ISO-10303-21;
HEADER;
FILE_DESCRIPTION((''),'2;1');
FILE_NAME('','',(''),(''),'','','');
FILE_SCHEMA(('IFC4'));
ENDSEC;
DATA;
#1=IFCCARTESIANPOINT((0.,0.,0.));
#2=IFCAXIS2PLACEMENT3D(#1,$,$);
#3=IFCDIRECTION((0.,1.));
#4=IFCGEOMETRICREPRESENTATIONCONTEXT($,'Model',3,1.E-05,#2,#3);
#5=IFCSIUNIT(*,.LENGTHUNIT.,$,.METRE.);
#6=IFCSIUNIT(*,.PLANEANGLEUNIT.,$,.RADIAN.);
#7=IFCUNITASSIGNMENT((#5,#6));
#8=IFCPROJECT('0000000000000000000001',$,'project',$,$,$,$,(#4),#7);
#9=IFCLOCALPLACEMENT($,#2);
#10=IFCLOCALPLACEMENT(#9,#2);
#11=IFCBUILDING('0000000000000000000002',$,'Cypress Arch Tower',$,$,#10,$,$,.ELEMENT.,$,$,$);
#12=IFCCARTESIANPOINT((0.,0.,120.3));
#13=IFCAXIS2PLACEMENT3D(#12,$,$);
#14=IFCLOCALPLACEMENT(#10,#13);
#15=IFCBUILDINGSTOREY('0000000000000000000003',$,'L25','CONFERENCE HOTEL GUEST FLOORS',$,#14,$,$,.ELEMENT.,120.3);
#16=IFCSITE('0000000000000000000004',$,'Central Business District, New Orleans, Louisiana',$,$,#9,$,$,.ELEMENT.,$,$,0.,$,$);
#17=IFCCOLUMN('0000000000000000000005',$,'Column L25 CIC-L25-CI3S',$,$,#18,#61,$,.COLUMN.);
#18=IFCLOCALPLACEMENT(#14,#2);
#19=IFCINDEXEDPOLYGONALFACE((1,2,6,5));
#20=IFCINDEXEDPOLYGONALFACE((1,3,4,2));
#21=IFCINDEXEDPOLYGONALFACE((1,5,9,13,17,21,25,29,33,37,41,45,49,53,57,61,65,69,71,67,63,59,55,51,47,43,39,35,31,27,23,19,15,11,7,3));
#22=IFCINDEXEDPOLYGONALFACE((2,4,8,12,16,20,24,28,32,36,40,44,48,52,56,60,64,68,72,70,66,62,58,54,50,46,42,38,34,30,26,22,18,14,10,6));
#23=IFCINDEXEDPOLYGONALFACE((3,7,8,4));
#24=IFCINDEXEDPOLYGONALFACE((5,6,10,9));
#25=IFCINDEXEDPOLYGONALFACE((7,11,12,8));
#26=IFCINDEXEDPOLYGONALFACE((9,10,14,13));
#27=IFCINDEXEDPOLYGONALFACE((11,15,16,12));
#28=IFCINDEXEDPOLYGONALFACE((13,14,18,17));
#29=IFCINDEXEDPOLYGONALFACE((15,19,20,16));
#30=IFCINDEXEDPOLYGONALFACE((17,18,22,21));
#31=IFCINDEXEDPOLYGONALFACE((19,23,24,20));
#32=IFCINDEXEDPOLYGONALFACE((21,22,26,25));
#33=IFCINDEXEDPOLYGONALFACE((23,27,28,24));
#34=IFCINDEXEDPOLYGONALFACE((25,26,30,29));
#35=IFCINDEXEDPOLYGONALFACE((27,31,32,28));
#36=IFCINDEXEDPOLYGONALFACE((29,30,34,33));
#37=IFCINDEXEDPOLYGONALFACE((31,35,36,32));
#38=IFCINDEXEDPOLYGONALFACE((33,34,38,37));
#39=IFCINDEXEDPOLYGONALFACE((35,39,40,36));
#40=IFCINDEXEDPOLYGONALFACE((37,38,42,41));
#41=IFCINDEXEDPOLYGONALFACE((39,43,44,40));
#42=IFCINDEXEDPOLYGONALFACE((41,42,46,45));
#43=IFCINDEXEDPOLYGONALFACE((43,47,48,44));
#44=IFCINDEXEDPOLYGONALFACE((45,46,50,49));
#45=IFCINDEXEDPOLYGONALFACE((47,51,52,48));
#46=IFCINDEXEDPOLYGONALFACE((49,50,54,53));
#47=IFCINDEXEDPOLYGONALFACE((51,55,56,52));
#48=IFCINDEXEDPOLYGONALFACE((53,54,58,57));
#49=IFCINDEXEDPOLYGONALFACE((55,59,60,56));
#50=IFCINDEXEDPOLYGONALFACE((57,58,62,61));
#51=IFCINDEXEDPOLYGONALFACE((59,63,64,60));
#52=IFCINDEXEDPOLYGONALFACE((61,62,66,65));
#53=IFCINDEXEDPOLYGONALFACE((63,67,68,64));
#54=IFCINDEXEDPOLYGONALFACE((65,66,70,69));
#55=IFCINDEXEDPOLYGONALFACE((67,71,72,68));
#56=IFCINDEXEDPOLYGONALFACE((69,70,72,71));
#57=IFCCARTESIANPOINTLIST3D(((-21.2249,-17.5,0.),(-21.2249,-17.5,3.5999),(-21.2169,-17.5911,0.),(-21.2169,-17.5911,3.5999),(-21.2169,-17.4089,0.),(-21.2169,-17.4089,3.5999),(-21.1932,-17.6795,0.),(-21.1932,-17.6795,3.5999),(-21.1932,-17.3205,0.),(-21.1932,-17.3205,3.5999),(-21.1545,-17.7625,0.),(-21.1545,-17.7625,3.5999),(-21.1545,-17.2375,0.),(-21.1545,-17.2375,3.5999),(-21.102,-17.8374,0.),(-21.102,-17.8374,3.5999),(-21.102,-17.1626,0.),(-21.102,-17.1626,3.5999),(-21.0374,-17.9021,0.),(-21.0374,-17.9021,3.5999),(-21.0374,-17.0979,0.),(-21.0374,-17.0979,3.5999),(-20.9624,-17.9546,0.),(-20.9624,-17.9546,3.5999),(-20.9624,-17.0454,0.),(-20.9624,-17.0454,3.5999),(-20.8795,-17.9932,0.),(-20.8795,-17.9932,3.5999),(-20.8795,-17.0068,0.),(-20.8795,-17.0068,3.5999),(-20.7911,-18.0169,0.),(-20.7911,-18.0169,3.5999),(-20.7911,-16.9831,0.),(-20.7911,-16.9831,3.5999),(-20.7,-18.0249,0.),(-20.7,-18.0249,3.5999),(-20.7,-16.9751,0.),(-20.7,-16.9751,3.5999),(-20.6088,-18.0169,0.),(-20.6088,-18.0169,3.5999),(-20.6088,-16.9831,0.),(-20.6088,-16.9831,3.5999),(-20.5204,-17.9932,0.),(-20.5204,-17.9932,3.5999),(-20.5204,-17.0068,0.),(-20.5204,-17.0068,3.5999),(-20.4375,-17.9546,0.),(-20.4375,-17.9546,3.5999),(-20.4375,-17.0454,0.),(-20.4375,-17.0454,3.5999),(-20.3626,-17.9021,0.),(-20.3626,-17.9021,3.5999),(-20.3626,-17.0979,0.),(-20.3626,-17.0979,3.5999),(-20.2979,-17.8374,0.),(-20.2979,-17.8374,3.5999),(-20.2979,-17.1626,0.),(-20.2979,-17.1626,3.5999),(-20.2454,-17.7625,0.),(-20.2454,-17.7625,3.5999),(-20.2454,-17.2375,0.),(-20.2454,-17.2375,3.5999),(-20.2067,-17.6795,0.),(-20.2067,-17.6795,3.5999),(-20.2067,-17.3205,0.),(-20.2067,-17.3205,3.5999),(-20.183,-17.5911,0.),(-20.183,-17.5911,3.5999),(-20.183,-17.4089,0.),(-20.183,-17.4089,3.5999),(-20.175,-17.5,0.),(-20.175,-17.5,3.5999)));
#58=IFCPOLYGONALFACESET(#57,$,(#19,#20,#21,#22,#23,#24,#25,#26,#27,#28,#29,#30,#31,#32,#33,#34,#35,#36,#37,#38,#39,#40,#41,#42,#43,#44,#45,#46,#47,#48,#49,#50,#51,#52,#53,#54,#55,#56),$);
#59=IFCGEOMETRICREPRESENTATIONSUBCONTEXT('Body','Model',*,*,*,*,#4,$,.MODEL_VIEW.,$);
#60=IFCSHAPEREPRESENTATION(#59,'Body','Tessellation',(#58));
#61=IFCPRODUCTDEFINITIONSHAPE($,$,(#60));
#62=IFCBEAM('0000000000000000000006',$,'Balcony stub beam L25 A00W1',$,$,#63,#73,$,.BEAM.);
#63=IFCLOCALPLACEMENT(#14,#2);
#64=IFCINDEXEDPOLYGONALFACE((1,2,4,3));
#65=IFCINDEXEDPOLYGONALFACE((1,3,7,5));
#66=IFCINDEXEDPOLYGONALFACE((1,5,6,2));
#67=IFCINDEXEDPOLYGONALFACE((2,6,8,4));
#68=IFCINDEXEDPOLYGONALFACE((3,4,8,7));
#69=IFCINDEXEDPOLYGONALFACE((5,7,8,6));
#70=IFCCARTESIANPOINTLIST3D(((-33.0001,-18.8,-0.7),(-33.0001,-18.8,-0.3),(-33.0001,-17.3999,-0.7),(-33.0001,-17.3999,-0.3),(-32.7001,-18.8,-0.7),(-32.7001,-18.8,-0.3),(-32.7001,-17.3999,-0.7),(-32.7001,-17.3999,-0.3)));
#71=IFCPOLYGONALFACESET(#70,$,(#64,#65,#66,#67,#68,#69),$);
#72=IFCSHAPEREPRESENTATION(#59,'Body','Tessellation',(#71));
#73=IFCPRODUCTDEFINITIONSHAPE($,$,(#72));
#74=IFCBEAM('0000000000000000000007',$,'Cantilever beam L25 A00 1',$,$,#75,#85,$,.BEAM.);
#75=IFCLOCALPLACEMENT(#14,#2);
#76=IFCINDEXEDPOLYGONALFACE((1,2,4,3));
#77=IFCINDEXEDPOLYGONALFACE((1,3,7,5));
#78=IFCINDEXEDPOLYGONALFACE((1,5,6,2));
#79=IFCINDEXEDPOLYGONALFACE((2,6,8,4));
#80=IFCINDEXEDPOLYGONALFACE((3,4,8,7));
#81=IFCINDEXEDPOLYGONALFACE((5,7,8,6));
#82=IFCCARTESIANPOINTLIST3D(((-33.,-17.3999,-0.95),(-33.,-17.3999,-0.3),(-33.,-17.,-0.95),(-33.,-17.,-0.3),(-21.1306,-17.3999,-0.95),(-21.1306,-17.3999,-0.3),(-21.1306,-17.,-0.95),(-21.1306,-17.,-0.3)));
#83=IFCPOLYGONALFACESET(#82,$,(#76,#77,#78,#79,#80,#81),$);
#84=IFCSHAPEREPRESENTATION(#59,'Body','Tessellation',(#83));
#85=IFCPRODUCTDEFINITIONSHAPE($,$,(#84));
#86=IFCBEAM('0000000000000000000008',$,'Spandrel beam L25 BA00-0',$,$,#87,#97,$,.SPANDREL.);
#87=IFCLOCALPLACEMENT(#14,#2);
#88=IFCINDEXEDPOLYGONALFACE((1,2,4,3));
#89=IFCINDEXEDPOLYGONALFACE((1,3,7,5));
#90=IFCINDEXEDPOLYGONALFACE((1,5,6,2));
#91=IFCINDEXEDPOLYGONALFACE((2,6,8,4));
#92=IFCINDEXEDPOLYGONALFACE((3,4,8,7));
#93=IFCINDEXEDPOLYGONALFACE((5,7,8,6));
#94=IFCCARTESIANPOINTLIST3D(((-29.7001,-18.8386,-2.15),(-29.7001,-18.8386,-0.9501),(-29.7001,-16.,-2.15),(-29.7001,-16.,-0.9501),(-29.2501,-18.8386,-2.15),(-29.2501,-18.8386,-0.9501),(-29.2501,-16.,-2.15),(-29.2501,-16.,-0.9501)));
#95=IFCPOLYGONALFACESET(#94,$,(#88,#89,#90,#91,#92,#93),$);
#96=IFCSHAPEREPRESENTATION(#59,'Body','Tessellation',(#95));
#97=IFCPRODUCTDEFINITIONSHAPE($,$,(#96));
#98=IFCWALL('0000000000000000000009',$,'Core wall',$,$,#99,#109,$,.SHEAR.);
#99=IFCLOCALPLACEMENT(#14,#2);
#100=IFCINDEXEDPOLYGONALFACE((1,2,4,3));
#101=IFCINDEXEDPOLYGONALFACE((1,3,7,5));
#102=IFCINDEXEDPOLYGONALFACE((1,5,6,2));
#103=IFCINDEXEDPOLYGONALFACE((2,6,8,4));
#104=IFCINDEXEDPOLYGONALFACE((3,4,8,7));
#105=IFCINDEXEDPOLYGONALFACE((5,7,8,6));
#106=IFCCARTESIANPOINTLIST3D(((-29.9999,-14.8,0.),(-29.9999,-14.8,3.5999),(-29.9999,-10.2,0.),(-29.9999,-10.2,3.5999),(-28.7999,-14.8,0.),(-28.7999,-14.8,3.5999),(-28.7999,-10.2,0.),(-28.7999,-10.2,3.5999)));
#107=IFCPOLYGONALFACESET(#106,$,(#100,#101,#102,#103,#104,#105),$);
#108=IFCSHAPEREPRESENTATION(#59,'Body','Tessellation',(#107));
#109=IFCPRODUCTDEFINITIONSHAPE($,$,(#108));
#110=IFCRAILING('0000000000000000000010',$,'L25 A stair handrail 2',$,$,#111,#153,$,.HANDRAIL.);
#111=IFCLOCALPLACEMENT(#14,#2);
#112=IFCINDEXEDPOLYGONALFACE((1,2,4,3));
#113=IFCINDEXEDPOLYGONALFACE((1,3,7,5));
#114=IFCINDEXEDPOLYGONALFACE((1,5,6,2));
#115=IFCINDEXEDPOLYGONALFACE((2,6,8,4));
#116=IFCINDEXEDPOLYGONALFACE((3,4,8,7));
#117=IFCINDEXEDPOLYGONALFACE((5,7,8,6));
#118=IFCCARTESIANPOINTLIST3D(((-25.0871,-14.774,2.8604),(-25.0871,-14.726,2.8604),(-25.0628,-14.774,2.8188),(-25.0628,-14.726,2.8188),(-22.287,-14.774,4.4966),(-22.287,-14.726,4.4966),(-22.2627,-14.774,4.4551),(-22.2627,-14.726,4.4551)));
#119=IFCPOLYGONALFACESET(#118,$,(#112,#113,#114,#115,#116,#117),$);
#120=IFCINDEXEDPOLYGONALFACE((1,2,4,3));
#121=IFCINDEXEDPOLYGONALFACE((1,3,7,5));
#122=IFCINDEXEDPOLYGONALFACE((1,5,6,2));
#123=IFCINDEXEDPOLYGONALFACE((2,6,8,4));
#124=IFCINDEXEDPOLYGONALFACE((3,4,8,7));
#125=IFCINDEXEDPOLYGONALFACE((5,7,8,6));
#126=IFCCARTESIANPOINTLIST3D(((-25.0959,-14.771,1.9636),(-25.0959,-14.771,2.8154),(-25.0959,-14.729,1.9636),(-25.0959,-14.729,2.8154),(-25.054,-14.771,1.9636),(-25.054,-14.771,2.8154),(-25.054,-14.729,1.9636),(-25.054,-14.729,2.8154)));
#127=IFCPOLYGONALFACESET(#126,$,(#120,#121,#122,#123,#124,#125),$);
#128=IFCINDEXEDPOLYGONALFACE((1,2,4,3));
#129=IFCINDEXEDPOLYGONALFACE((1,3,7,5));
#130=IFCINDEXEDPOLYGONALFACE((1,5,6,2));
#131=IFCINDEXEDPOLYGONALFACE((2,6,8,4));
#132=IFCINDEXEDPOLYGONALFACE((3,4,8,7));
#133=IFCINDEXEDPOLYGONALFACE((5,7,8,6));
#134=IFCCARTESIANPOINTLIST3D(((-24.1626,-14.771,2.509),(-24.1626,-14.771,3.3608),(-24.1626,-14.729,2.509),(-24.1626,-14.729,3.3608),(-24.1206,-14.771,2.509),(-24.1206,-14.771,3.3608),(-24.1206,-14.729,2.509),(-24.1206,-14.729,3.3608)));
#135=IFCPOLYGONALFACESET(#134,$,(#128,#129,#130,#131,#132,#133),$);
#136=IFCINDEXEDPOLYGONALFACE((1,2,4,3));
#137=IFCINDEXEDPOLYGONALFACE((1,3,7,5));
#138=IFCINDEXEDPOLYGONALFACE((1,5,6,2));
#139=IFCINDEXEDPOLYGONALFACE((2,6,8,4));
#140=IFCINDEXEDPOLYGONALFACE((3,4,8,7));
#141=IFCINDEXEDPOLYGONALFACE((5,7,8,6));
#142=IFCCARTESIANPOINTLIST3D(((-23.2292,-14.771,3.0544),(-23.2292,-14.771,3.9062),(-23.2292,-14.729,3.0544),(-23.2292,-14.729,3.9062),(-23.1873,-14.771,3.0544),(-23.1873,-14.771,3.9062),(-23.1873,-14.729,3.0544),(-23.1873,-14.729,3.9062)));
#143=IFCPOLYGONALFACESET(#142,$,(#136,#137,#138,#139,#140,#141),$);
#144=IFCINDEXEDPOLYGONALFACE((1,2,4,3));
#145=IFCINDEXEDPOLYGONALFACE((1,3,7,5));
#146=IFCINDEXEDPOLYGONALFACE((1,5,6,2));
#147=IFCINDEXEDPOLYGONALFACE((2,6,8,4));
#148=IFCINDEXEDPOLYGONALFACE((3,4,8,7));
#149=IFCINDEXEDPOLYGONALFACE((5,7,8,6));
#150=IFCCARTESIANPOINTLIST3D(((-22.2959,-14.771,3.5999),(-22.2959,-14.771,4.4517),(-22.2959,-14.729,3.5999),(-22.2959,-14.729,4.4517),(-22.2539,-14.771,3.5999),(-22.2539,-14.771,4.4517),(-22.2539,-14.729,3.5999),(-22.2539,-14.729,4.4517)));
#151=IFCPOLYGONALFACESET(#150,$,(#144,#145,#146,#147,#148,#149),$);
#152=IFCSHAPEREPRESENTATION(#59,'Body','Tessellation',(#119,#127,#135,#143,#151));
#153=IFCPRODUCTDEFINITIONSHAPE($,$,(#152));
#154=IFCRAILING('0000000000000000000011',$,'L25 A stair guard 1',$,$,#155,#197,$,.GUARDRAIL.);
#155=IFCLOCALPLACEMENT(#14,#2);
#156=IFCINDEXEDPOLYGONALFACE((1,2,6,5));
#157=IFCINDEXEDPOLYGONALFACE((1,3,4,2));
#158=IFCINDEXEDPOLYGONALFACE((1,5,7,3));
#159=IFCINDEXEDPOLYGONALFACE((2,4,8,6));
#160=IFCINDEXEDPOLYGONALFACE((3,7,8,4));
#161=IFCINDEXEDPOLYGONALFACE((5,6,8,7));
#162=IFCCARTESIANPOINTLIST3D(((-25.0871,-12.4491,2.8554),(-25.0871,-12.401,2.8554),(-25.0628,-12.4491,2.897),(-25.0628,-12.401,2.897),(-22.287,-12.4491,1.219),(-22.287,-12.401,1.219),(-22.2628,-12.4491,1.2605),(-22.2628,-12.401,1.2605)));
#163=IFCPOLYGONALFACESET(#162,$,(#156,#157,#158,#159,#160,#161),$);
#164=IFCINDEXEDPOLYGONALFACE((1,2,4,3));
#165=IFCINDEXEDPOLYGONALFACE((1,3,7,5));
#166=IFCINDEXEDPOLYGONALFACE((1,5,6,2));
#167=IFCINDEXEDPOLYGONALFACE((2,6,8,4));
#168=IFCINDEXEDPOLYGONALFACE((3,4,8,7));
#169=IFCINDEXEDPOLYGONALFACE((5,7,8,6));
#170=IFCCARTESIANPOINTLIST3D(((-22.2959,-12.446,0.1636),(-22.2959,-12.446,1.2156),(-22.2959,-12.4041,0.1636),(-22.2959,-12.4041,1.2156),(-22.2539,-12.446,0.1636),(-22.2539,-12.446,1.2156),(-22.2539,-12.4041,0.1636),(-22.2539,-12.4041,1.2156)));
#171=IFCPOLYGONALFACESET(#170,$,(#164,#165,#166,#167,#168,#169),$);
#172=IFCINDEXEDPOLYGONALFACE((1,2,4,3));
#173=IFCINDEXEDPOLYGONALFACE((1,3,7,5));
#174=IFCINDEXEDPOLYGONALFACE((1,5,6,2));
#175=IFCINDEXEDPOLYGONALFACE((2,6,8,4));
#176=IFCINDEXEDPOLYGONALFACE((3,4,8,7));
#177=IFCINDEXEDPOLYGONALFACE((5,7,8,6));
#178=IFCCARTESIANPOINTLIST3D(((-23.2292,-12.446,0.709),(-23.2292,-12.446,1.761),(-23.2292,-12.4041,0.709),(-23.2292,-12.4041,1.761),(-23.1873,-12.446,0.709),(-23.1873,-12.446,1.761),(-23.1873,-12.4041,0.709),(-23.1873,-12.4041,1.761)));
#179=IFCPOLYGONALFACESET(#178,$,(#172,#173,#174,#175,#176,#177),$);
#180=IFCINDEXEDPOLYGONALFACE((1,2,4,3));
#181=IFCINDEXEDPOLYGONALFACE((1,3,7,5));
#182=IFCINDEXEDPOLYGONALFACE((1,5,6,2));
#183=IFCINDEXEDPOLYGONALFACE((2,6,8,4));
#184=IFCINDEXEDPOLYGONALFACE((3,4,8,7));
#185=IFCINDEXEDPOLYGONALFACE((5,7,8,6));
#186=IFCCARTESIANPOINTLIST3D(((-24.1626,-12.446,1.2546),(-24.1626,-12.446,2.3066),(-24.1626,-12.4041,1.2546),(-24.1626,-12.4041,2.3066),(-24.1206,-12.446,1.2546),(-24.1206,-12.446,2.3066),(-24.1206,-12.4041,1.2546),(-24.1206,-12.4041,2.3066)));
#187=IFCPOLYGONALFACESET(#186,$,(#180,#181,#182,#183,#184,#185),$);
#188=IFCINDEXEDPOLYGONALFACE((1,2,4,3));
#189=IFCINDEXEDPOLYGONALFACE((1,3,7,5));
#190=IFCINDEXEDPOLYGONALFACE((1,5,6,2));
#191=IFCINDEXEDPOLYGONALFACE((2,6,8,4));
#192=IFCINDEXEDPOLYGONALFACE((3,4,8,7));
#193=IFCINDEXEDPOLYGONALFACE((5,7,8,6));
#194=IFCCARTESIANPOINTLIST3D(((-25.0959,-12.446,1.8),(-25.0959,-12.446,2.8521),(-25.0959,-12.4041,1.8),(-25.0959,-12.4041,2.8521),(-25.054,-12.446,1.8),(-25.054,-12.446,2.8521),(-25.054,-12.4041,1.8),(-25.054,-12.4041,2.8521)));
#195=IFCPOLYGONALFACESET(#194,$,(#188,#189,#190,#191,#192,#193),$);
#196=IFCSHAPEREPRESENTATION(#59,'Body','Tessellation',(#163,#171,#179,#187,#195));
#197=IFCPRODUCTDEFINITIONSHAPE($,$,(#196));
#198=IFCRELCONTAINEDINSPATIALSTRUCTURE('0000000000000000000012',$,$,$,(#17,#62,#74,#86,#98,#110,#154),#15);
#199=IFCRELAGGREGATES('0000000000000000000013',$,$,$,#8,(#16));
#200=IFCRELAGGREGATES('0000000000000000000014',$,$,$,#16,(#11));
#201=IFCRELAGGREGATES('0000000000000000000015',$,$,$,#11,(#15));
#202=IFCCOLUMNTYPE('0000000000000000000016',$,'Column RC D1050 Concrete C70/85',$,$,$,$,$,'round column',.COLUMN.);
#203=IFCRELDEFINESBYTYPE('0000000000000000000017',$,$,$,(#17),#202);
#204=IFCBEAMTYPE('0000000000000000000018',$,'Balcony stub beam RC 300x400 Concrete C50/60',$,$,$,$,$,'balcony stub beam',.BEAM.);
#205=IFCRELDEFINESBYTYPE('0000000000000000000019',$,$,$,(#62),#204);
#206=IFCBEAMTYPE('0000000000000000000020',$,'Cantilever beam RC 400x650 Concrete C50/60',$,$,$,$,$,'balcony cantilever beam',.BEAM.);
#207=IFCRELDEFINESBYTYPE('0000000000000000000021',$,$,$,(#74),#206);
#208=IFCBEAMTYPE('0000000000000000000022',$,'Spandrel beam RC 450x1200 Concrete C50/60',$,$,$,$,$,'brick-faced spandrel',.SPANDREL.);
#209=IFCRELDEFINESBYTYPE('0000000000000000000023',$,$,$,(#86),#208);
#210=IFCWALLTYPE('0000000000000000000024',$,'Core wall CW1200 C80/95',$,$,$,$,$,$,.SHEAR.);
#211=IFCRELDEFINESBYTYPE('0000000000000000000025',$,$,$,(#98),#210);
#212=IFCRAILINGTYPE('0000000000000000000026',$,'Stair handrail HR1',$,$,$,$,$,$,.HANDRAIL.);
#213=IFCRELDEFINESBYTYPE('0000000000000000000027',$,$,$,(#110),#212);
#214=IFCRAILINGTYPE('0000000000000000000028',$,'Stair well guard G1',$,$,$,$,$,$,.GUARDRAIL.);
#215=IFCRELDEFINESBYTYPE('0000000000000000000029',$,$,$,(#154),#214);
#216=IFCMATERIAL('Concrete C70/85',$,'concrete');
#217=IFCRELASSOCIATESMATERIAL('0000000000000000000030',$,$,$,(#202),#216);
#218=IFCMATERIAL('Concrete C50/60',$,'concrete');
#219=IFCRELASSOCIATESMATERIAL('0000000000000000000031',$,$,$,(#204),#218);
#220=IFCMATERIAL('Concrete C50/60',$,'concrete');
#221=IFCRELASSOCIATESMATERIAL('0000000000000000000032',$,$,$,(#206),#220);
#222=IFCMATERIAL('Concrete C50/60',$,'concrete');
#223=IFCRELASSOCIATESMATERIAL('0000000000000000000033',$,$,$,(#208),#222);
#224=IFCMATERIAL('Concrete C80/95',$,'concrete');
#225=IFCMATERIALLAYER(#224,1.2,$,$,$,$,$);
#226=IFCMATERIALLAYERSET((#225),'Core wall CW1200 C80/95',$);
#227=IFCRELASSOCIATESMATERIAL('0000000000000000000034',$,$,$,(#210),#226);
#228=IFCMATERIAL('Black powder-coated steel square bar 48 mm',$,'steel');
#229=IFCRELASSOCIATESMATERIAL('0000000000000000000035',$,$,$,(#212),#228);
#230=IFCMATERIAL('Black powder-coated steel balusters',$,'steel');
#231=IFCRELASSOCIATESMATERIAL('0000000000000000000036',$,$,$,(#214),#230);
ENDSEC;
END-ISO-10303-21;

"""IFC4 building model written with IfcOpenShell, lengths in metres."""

from ifc_helpers import new_model, si_unit, direction, frame, frame_2d, origin, origin_2d, place, context, subcontext, project, spatial, rectangle, circle, extrude, material, layer, layer_set, material_profile, profile_set, type_object, element, save


model = new_model("IFC4")

# Units and contexts
model_context = context("Model", 3, precision=1e-05, world=origin(), true_north=direction((0.0, 1.0)))
body_context = subcontext(model_context, "Body", "Model", "MODEL_VIEW")
ifc_project = project(units=[si_unit("LENGTHUNIT", "METRE"), si_unit("PLANEANGLEUNIT", "RADIAN")], contexts=[model_context])

# Site, building, storey
site_placement = place(None, origin())
site = spatial("IfcSite", under=ifc_project, at=site_placement, Name="Central Business District, New Orleans, Louisiana", CompositionType="ELEMENT", RefElevation=0.0)
building_placement = place(site_placement, origin())
building = spatial("IfcBuilding", under=site, at=building_placement, Name="Cypress Arch Tower", CompositionType="ELEMENT")
storey_placement = place(building_placement, frame((0.0, 0.0, 120.3)))
storey = spatial("IfcBuildingStorey", under=building, at=storey_placement, Name="L25", Description="CONFERENCE HOTEL GUEST FLOORS", CompositionType="ELEMENT", Elevation=120.3)

# Column
ifc_material_1 = material(Name="Concrete C70/85", Category="concrete")
ifc_material_profile_1 = material_profile(ifc_material_1, circle(Radius=0.5249, at=origin_2d()), Name="RC D1050")
ifc_profile_set_1 = profile_set([ifc_material_profile_1], Name="Concrete C70/85")
column_type = type_object("IfcColumnType", Name="Column RC D1050 Concrete C70/85", ElementType="round column", PredefinedType="COLUMN", material=ifc_profile_set_1)
column_placement = place(storey_placement, frame((-20.7, -17.5, 0.0), z_axis=(0.0, 0.0, 1.0), x_axis=(1.0, 0.0, 0.0)))
element("IfcColumn", 1, at=column_placement, inside=storey, type_object=column_type, Name="Column L25 CIC-L25-CI3S", PredefinedType="COLUMN", context=body_context, shape_type="SweptSolid", body=[
    extrude(circle(Radius=0.5249, at=origin_2d()), origin(), (0.0, 0.0, 1.0), 3.5999),
])

# Beams
ifc_material_2 = material(Name="Concrete C50/60", Category="concrete")
ifc_material_profile_2 = material_profile(ifc_material_2, rectangle(XDim=0.3, YDim=0.3999, at=origin_2d()), Name="RC 300x400")
ifc_profile_set_2 = profile_set([ifc_material_profile_2], Name="Concrete C50/60")
beam_type_1 = type_object("IfcBeamType", Name="Balcony stub beam RC 300x400 Concrete C50/60", ElementType="balcony stub beam", PredefinedType="BEAM", material=ifc_profile_set_2)
beam_1_placement = place(storey_placement, frame((-32.8501, -17.3999, -0.5), z_axis=(0.0, -1.0, 0.0), x_axis=(1.0, 0.0, 0.0)))
element("IfcBeam", 2, at=beam_1_placement, inside=storey, type_object=beam_type_1, Name="Balcony stub beam L25 A00W1", PredefinedType="BEAM", context=body_context, shape_type="SweptSolid", body=[
    extrude(rectangle(XDim=0.3, YDim=0.3999, at=origin_2d()), origin(), (0.0, 0.0, 1.0), 1.4001),
])
ifc_material_3 = material(Name="Concrete C50/60", Category="concrete")
ifc_material_profile_3 = material_profile(ifc_material_3, rectangle(XDim=0.3999, YDim=0.6499, at=origin_2d()), Name="RC 400x650")
ifc_profile_set_3 = profile_set([ifc_material_profile_3], Name="Concrete C50/60")
beam_type_2 = type_object("IfcBeamType", Name="Cantilever beam RC 400x650 Concrete C50/60", ElementType="balcony cantilever beam", PredefinedType="BEAM", material=ifc_profile_set_3)
beam_2_placement = place(storey_placement, frame((-21.1306, -17.2, -0.625), z_axis=(-1.0, 0.0, 0.0), x_axis=(0.0, -1.0, 0.0)))
element("IfcBeam", 3, at=beam_2_placement, inside=storey, type_object=beam_type_2, Name="Cantilever beam L25 A00 1", PredefinedType="BEAM", context=body_context, shape_type="SweptSolid", body=[
    extrude(rectangle(XDim=0.3999, YDim=0.6499, at=origin_2d()), origin(), (0.0, 0.0, 1.0), 11.8694),
])
ifc_material_4 = material(Name="Concrete C50/60", Category="concrete")
ifc_material_profile_4 = material_profile(ifc_material_4, rectangle(XDim=0.45, YDim=1.2, at=origin_2d()), Name="RC 450x1200")
ifc_profile_set_4 = profile_set([ifc_material_profile_4], Name="Concrete C50/60")
beam_type_3 = type_object("IfcBeamType", Name="Spandrel beam RC 450x1200 Concrete C50/60", ElementType="brick-faced spandrel", PredefinedType="SPANDREL", material=ifc_profile_set_4)
beam_3_placement = place(storey_placement, frame((-29.4751, -16.0, -1.55), z_axis=(0.0, -1.0, 0.0), x_axis=(1.0, 0.0, 0.0)))
element("IfcBeam", 4, at=beam_3_placement, inside=storey, type_object=beam_type_3, Name="Spandrel beam L25 BA00-0", PredefinedType="SPANDREL", context=body_context, shape_type="SweptSolid", body=[
    extrude(rectangle(XDim=0.45, YDim=1.2, at=origin_2d()), origin(), (0.0, 0.0, 1.0), 2.8386),
])

# Shared definitions
ifc_material_5 = material(Name="Concrete C80/95", Category="concrete")
ifc_layer_1 = layer(ifc_material_5, 1.2)
ifc_layer_set_1 = layer_set([ifc_layer_1], Name="Core wall CW1200 C80/95")
wall_type_1 = type_object("IfcWallType", Name="Core wall CW1200 C80/95", PredefinedType="SHEAR", material=ifc_layer_set_1)

# Wall
wall_1_placement = place(storey_placement, frame((-29.3999, -14.8, 0.0), z_axis=(0.0, 0.0, 1.0), x_axis=(0.0, 1.0, 0.0)))
element("IfcWall", 5, at=wall_1_placement, inside=storey, type_object=wall_type_1, Name="Core wall", PredefinedType="SHEAR", context=body_context, shape_type="SweptSolid", body=[
    extrude(rectangle(XDim=4.6001, YDim=1.2, at=frame_2d((2.3, 0.0))), origin(), (0.0, 0.0, 1.0), 3.5999),
])

# Railings
ifc_material_6 = material(Name="Black powder-coated steel square bar 48 mm", Category="steel")
railing_type_1 = type_object("IfcRailingType", Name="Stair handrail HR1", PredefinedType="HANDRAIL", material=ifc_material_6)
railing_1_placement = place(storey_placement, frame((-25.075, -14.75, 1.9636)))
element("IfcRailing", 6, at=railing_1_placement, inside=storey, type_object=railing_type_1, Name="L25 A stair handrail 2", PredefinedType="HANDRAIL", context=body_context, shape_type="SweptSolid", body=[
    extrude(rectangle(XDim=0.0481, YDim=0.0481, at=origin_2d()), frame((0.0, 0.0, 0.876), z_axis=(0.863394, 0.0, 0.504531), x_axis=(0.0, 1.0, 0.0)), (0.0, 0.0, 1.0), 3.2432),
    extrude(rectangle(XDim=0.042, YDim=0.042, at=origin_2d()), origin(), (0.0, 0.0, 1.0), 0.8518),
    extrude(rectangle(XDim=0.042, YDim=0.042, at=origin_2d()), frame((0.9333, 0.0, 0.5454)), (0.0, 0.0, 1.0), 0.8518),
    extrude(rectangle(XDim=0.042, YDim=0.042, at=origin_2d()), frame((1.8667, 0.0, 1.0908)), (0.0, 0.0, 1.0), 0.8518),
    extrude(rectangle(XDim=0.042, YDim=0.042, at=origin_2d()), frame((2.8, 0.0, 1.6362)), (0.0, 0.0, 1.0), 0.8518),
])
ifc_material_7 = material(Name="Black powder-coated steel balusters", Category="steel")
railing_type_2 = type_object("IfcRailingType", Name="Stair well guard G1", PredefinedType="GUARDRAIL", material=ifc_material_7)
railing_2_placement = place(storey_placement, frame((-22.2749, -12.425, 0.1636)))
element("IfcRailing", 7, at=railing_2_placement, inside=storey, type_object=railing_type_2, Name="L25 A stair guard 1", PredefinedType="GUARDRAIL", context=body_context, shape_type="SweptSolid", body=[
    extrude(rectangle(XDim=0.0481, YDim=0.0481, at=origin_2d()), frame((0.0, 0.0, 1.0762), z_axis=(-0.863361, 0.0, 0.504587), x_axis=(0.0, -1.0, 0.0)), (0.0, 0.0, 1.0), 3.2432),
    extrude(rectangle(XDim=0.042, YDim=0.042, at=origin_2d()), origin(), (0.0, 0.0, 1.0), 1.052),
    extrude(rectangle(XDim=0.042, YDim=0.042, at=origin_2d()), frame((-0.9333, 0.0, 0.5454)), (0.0, 0.0, 1.0), 1.052),
    extrude(rectangle(XDim=0.042, YDim=0.042, at=origin_2d()), frame((-1.8667, 0.0, 1.0911)), (0.0, 0.0, 1.0), 1.052),
    extrude(rectangle(XDim=0.042, YDim=0.042, at=origin_2d()), frame((-2.8, 0.0, 1.6365)), (0.0, 0.0, 1.0), 1.052),
])

save(model, "model.ifc")
